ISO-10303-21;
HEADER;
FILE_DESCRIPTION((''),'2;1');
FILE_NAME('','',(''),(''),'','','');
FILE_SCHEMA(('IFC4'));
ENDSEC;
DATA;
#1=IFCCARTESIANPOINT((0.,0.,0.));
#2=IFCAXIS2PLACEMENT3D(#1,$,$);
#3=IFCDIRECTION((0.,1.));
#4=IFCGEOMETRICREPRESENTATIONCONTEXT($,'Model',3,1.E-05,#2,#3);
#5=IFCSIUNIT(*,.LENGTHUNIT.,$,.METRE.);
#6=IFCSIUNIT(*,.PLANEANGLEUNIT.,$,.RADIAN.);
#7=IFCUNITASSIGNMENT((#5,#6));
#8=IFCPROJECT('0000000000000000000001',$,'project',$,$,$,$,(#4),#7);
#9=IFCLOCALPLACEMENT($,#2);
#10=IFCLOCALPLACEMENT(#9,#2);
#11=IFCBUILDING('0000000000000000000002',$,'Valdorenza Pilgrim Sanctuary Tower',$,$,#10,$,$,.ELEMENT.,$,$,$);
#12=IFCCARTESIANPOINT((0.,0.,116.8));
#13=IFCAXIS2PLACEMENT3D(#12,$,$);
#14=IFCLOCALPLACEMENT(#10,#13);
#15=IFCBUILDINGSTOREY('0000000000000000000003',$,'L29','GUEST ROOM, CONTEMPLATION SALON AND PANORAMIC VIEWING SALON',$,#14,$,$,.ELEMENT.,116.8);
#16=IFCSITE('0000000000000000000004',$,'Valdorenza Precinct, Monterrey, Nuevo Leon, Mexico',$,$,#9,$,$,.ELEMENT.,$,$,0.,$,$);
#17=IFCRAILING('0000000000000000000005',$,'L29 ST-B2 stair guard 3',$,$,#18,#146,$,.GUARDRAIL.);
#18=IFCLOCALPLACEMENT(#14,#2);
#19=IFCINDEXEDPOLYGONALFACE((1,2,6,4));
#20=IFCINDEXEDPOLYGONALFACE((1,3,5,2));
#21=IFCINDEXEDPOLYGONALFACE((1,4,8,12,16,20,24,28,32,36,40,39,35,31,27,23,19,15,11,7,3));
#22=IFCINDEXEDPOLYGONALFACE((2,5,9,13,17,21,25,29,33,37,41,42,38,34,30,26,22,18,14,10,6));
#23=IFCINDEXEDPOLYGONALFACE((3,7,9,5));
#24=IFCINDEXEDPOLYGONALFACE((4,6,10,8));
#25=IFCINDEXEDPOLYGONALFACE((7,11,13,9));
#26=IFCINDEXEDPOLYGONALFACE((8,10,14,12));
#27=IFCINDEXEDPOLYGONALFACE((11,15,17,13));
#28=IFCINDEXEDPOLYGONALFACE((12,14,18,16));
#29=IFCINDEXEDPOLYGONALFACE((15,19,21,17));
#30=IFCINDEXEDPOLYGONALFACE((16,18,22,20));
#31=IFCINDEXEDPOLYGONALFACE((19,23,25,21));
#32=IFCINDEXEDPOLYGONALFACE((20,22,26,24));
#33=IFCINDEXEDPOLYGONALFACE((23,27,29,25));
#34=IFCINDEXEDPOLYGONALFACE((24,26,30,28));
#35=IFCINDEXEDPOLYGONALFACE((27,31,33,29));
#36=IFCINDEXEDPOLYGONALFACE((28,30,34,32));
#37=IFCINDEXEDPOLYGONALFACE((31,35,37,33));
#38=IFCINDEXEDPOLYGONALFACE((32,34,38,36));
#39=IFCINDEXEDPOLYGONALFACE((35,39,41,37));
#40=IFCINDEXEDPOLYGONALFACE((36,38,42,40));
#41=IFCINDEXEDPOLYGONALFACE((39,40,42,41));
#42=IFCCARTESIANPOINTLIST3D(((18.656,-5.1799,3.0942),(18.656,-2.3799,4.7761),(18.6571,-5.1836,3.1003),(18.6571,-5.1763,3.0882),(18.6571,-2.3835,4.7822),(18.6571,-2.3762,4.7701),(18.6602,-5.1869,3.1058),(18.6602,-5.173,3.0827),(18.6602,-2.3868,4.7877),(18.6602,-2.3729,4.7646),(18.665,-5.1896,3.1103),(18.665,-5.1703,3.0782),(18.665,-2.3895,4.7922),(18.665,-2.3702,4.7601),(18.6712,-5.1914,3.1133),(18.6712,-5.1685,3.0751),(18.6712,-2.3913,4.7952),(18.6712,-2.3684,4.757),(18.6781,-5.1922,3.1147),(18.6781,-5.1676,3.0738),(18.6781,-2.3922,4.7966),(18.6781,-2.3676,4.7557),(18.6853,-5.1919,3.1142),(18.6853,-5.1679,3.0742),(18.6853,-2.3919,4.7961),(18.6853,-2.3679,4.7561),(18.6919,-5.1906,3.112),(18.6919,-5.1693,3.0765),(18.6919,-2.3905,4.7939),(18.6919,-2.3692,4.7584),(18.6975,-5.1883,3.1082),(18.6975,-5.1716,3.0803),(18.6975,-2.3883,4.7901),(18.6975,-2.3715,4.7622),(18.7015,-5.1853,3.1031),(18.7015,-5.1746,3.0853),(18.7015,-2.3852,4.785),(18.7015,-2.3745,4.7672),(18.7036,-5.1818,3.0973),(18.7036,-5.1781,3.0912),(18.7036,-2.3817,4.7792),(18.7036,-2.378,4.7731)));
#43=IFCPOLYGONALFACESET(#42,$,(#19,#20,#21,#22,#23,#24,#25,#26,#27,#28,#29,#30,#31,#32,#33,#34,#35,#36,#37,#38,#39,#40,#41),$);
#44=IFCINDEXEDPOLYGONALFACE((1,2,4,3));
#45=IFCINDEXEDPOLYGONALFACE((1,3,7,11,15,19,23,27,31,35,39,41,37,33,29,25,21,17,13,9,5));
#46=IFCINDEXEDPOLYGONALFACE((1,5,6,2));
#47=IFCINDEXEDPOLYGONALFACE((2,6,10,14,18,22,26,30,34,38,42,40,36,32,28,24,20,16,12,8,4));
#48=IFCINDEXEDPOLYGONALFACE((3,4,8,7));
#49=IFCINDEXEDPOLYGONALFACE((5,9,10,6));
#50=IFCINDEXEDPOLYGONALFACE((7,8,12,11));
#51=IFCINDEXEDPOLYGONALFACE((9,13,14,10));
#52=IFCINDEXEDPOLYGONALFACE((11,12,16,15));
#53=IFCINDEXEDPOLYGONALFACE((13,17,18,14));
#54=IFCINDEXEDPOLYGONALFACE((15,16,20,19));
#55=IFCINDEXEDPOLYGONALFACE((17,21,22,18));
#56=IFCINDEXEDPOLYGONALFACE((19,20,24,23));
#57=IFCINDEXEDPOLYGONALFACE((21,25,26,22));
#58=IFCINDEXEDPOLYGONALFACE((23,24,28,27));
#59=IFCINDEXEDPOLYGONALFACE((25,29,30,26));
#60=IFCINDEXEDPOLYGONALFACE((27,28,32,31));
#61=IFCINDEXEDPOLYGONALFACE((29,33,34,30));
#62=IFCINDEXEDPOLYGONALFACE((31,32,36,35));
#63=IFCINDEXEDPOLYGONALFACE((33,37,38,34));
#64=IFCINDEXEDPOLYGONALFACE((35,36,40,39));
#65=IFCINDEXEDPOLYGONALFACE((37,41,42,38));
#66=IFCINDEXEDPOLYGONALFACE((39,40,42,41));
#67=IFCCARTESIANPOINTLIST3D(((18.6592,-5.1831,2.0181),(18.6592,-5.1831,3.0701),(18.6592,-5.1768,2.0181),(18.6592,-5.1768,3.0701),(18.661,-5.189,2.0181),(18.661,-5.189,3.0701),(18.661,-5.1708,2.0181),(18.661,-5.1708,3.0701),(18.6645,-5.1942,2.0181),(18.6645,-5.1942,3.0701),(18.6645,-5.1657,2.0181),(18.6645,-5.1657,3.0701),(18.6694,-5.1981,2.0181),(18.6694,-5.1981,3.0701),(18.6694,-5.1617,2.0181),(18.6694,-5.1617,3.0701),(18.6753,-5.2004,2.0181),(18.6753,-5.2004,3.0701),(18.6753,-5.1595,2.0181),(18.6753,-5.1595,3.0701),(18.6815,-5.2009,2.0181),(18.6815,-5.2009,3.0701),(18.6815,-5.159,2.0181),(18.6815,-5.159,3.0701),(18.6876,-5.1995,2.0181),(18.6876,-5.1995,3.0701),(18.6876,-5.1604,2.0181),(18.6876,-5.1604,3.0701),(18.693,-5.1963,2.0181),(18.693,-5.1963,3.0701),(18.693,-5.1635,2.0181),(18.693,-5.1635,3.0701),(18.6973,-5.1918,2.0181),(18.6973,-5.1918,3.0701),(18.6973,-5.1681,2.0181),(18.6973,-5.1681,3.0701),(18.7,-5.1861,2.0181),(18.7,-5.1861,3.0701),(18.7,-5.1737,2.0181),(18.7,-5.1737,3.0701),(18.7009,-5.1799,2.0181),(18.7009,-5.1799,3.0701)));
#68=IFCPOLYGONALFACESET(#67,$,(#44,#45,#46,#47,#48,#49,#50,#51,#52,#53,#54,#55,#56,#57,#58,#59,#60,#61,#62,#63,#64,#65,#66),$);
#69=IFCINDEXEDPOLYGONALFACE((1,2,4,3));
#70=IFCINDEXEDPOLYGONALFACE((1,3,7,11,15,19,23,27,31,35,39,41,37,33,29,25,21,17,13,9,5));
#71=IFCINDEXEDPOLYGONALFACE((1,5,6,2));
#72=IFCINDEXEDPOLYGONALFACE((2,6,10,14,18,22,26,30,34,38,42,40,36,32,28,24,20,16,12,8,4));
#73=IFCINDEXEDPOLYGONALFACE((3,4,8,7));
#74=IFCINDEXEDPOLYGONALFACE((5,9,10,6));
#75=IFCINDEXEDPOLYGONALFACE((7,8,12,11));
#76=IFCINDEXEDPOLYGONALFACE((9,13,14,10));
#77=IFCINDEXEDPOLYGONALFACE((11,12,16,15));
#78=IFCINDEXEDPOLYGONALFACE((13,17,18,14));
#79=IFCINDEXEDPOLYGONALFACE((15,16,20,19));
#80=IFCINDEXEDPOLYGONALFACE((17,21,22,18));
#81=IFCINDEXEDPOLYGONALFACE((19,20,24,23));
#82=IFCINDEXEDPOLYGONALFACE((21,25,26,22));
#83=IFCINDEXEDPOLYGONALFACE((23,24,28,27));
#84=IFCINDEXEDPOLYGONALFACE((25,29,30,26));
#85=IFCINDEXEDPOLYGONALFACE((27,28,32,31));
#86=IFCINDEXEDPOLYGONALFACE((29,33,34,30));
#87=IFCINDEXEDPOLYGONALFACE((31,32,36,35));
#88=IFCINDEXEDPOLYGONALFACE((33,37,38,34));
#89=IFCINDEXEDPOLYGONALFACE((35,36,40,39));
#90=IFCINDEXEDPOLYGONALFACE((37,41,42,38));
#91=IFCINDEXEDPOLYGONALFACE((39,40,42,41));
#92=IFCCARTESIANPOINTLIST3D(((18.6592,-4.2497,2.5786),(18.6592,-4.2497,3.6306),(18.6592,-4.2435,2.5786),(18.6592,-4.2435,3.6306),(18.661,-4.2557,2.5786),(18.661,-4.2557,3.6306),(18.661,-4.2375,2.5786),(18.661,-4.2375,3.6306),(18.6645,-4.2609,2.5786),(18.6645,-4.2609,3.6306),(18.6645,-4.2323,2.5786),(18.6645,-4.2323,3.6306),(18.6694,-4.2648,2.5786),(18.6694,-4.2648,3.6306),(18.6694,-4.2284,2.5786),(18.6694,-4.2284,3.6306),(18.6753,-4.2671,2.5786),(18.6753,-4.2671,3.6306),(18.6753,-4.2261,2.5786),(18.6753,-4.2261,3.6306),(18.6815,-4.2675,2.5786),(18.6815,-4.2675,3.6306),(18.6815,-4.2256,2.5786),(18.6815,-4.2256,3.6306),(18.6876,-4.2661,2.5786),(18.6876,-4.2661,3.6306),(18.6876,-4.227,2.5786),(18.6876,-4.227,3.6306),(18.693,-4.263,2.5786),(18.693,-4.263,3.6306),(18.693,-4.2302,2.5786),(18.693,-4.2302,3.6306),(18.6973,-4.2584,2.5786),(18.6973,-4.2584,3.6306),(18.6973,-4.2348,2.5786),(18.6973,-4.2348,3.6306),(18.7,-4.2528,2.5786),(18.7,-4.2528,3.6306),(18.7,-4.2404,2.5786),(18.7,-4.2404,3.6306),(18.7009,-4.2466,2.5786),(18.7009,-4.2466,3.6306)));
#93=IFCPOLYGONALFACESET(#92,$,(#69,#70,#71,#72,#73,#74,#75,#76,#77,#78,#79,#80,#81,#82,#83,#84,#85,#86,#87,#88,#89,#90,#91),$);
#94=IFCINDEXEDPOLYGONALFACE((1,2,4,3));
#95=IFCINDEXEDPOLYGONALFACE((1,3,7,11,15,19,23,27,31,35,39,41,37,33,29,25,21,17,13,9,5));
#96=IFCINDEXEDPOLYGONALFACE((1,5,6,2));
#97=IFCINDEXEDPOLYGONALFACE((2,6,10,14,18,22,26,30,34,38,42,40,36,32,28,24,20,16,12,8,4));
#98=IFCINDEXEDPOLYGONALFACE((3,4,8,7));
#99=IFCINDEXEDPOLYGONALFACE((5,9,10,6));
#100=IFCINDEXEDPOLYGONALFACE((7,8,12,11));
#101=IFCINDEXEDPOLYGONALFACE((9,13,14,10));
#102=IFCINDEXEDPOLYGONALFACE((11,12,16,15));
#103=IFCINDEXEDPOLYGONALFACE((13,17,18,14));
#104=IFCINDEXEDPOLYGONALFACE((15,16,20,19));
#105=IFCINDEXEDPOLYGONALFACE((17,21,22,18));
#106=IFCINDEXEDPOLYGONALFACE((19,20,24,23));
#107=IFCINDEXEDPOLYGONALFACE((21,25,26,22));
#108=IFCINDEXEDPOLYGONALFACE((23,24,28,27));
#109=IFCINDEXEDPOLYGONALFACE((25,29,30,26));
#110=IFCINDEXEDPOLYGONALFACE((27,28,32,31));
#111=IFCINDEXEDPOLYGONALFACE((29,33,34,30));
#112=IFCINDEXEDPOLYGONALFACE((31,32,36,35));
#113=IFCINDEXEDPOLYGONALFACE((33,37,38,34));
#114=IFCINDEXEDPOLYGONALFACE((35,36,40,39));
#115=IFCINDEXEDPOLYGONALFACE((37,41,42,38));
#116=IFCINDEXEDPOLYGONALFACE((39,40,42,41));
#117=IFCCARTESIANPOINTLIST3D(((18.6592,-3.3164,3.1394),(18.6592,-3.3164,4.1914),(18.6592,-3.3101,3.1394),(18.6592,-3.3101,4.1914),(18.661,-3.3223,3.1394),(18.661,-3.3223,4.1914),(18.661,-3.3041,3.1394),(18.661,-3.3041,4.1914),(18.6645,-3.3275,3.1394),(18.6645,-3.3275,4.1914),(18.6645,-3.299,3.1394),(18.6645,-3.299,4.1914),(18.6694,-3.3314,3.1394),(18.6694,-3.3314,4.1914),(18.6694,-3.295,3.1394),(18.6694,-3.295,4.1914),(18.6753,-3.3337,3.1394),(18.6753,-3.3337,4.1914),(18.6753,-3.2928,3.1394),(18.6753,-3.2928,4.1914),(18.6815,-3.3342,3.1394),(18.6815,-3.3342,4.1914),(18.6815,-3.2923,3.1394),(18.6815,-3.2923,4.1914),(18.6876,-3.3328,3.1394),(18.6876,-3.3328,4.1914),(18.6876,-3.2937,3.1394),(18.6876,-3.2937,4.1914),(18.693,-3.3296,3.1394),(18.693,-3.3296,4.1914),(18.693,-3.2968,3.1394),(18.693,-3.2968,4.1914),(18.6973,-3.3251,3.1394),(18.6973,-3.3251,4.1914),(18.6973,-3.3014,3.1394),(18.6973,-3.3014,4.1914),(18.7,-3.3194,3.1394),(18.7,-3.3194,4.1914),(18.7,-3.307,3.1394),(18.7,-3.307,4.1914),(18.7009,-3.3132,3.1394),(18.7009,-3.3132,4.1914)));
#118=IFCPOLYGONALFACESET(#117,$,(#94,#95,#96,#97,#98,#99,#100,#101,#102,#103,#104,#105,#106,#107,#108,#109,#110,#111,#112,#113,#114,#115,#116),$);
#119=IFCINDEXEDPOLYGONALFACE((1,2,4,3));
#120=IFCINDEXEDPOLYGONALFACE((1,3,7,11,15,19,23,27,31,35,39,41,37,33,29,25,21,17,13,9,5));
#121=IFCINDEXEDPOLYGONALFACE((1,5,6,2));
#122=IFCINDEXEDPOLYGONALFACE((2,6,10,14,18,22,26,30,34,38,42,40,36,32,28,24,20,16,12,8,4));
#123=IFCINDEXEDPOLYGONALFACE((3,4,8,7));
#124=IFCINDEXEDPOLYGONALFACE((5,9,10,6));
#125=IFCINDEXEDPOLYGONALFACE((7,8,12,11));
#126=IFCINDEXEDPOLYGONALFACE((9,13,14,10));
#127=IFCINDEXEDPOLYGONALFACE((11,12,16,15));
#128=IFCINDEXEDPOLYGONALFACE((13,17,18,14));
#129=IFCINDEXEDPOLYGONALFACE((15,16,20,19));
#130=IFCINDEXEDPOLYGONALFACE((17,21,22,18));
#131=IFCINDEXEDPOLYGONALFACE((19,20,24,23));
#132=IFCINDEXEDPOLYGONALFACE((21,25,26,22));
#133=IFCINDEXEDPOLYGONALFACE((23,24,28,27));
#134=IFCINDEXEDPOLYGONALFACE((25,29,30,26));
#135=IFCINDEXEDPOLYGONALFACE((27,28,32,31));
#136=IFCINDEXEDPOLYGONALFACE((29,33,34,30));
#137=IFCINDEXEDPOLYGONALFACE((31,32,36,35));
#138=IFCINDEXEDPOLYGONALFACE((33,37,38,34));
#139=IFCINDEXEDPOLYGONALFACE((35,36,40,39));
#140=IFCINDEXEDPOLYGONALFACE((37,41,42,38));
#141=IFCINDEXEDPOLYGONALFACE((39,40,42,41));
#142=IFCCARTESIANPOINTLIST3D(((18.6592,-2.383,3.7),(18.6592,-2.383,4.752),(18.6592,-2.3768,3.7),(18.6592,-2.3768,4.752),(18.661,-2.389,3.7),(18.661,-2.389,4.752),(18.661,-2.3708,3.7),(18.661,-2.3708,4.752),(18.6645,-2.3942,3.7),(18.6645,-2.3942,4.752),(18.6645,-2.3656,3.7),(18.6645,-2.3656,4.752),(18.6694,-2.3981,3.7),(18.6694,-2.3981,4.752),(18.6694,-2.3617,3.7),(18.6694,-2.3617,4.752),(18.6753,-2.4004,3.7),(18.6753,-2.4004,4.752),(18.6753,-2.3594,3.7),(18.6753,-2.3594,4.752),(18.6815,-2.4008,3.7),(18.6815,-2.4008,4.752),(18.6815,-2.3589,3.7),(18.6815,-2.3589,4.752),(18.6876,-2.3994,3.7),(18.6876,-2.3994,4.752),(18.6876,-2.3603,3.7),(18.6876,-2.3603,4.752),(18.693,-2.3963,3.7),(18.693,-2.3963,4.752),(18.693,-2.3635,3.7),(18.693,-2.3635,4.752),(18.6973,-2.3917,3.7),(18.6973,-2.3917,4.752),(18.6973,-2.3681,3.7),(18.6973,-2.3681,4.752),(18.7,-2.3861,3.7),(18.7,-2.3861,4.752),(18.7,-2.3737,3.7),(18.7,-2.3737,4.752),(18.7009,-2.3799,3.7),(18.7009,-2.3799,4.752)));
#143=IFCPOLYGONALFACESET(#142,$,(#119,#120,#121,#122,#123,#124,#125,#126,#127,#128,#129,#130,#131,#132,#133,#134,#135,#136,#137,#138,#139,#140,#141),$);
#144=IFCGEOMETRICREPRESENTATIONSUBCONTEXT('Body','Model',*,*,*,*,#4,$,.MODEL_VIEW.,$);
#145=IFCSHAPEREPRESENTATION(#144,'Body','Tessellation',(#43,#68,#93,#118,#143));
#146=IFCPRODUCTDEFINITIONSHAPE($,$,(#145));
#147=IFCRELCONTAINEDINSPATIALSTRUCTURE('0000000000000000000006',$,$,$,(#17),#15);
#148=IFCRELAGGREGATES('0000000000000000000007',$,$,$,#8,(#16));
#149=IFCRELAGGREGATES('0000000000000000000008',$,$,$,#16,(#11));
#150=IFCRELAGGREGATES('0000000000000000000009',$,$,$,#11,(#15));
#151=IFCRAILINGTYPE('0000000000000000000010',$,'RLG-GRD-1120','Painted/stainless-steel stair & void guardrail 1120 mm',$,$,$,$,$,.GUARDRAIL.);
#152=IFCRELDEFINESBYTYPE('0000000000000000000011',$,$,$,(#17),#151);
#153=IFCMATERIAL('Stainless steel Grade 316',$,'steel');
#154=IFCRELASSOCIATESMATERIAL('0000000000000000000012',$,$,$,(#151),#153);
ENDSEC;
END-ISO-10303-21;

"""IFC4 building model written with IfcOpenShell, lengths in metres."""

from ifc_helpers import new_model, si_unit, direction, frame, origin, origin_2d, place, context, subcontext, project, spatial, circle, extrude, material, type_object, element, save


model = new_model("IFC4")

# Units and contexts
model_context = context("Model", 3, precision=1e-05, world=origin(), true_north=direction((0.0, 1.0)))
body_context = subcontext(model_context, "Body", "Model", "MODEL_VIEW")
ifc_project = project(units=[si_unit("LENGTHUNIT", "METRE"), si_unit("PLANEANGLEUNIT", "RADIAN")], contexts=[model_context])

# Site, building, storey
site_placement = place(None, origin())
site = spatial("IfcSite", under=ifc_project, at=site_placement, Name="Valdorenza Precinct, Monterrey, Nuevo Leon, Mexico", CompositionType="ELEMENT", RefElevation=0.0)
building_placement = place(site_placement, origin())
building = spatial("IfcBuilding", under=site, at=building_placement, Name="Valdorenza Pilgrim Sanctuary Tower", CompositionType="ELEMENT")
storey_placement = place(building_placement, frame((0.0, 0.0, 116.8)))
storey = spatial("IfcBuildingStorey", under=building, at=storey_placement, Name="L29", Description="GUEST ROOM, CONTEMPLATION SALON AND PANORAMIC VIEWING SALON", CompositionType="ELEMENT", Elevation=116.8)

# Railing
ifc_material_1 = material(Name="Stainless steel Grade 316", Category="steel")
railing_type_1 = type_object("IfcRailingType", Name="RLG-GRD-1120", Description="Painted/stainless-steel stair & void guardrail 1120 mm", PredefinedType="GUARDRAIL", material=ifc_material_1)
railing_1_placement = place(storey_placement, frame((18.6799, -5.1799, 2.0181)))
element("IfcRailing", 1, at=railing_1_placement, inside=storey, type_object=railing_type_1, Name="L29 ST-B2 stair guard 3", PredefinedType="GUARDRAIL", context=body_context, shape_type="SweptSolid", body=[
    extrude(circle(Radius=0.0239, at=origin_2d()), frame((0.0, 0.0, 1.0762), z_axis=(0.0, 0.857242, 0.514913), x_axis=(-1.0, 0.0, 0.0)), (0.0, 0.0, 1.0), 3.2664),
    extrude(circle(Radius=0.021, at=origin_2d()), origin(), (0.0, 0.0, 1.0), 1.052),
    extrude(circle(Radius=0.021, at=origin_2d()), frame((0.0, 0.9333, 0.5605)), (0.0, 0.0, 1.0), 1.052),
    extrude(circle(Radius=0.021, at=origin_2d()), frame((0.0, 1.8667, 1.1213)), (0.0, 0.0, 1.0), 1.052),
    extrude(circle(Radius=0.021, at=origin_2d()), frame((0.0, 2.8, 1.6819)), (0.0, 0.0, 1.0), 1.052),
])

save(model, "model.ifc")
